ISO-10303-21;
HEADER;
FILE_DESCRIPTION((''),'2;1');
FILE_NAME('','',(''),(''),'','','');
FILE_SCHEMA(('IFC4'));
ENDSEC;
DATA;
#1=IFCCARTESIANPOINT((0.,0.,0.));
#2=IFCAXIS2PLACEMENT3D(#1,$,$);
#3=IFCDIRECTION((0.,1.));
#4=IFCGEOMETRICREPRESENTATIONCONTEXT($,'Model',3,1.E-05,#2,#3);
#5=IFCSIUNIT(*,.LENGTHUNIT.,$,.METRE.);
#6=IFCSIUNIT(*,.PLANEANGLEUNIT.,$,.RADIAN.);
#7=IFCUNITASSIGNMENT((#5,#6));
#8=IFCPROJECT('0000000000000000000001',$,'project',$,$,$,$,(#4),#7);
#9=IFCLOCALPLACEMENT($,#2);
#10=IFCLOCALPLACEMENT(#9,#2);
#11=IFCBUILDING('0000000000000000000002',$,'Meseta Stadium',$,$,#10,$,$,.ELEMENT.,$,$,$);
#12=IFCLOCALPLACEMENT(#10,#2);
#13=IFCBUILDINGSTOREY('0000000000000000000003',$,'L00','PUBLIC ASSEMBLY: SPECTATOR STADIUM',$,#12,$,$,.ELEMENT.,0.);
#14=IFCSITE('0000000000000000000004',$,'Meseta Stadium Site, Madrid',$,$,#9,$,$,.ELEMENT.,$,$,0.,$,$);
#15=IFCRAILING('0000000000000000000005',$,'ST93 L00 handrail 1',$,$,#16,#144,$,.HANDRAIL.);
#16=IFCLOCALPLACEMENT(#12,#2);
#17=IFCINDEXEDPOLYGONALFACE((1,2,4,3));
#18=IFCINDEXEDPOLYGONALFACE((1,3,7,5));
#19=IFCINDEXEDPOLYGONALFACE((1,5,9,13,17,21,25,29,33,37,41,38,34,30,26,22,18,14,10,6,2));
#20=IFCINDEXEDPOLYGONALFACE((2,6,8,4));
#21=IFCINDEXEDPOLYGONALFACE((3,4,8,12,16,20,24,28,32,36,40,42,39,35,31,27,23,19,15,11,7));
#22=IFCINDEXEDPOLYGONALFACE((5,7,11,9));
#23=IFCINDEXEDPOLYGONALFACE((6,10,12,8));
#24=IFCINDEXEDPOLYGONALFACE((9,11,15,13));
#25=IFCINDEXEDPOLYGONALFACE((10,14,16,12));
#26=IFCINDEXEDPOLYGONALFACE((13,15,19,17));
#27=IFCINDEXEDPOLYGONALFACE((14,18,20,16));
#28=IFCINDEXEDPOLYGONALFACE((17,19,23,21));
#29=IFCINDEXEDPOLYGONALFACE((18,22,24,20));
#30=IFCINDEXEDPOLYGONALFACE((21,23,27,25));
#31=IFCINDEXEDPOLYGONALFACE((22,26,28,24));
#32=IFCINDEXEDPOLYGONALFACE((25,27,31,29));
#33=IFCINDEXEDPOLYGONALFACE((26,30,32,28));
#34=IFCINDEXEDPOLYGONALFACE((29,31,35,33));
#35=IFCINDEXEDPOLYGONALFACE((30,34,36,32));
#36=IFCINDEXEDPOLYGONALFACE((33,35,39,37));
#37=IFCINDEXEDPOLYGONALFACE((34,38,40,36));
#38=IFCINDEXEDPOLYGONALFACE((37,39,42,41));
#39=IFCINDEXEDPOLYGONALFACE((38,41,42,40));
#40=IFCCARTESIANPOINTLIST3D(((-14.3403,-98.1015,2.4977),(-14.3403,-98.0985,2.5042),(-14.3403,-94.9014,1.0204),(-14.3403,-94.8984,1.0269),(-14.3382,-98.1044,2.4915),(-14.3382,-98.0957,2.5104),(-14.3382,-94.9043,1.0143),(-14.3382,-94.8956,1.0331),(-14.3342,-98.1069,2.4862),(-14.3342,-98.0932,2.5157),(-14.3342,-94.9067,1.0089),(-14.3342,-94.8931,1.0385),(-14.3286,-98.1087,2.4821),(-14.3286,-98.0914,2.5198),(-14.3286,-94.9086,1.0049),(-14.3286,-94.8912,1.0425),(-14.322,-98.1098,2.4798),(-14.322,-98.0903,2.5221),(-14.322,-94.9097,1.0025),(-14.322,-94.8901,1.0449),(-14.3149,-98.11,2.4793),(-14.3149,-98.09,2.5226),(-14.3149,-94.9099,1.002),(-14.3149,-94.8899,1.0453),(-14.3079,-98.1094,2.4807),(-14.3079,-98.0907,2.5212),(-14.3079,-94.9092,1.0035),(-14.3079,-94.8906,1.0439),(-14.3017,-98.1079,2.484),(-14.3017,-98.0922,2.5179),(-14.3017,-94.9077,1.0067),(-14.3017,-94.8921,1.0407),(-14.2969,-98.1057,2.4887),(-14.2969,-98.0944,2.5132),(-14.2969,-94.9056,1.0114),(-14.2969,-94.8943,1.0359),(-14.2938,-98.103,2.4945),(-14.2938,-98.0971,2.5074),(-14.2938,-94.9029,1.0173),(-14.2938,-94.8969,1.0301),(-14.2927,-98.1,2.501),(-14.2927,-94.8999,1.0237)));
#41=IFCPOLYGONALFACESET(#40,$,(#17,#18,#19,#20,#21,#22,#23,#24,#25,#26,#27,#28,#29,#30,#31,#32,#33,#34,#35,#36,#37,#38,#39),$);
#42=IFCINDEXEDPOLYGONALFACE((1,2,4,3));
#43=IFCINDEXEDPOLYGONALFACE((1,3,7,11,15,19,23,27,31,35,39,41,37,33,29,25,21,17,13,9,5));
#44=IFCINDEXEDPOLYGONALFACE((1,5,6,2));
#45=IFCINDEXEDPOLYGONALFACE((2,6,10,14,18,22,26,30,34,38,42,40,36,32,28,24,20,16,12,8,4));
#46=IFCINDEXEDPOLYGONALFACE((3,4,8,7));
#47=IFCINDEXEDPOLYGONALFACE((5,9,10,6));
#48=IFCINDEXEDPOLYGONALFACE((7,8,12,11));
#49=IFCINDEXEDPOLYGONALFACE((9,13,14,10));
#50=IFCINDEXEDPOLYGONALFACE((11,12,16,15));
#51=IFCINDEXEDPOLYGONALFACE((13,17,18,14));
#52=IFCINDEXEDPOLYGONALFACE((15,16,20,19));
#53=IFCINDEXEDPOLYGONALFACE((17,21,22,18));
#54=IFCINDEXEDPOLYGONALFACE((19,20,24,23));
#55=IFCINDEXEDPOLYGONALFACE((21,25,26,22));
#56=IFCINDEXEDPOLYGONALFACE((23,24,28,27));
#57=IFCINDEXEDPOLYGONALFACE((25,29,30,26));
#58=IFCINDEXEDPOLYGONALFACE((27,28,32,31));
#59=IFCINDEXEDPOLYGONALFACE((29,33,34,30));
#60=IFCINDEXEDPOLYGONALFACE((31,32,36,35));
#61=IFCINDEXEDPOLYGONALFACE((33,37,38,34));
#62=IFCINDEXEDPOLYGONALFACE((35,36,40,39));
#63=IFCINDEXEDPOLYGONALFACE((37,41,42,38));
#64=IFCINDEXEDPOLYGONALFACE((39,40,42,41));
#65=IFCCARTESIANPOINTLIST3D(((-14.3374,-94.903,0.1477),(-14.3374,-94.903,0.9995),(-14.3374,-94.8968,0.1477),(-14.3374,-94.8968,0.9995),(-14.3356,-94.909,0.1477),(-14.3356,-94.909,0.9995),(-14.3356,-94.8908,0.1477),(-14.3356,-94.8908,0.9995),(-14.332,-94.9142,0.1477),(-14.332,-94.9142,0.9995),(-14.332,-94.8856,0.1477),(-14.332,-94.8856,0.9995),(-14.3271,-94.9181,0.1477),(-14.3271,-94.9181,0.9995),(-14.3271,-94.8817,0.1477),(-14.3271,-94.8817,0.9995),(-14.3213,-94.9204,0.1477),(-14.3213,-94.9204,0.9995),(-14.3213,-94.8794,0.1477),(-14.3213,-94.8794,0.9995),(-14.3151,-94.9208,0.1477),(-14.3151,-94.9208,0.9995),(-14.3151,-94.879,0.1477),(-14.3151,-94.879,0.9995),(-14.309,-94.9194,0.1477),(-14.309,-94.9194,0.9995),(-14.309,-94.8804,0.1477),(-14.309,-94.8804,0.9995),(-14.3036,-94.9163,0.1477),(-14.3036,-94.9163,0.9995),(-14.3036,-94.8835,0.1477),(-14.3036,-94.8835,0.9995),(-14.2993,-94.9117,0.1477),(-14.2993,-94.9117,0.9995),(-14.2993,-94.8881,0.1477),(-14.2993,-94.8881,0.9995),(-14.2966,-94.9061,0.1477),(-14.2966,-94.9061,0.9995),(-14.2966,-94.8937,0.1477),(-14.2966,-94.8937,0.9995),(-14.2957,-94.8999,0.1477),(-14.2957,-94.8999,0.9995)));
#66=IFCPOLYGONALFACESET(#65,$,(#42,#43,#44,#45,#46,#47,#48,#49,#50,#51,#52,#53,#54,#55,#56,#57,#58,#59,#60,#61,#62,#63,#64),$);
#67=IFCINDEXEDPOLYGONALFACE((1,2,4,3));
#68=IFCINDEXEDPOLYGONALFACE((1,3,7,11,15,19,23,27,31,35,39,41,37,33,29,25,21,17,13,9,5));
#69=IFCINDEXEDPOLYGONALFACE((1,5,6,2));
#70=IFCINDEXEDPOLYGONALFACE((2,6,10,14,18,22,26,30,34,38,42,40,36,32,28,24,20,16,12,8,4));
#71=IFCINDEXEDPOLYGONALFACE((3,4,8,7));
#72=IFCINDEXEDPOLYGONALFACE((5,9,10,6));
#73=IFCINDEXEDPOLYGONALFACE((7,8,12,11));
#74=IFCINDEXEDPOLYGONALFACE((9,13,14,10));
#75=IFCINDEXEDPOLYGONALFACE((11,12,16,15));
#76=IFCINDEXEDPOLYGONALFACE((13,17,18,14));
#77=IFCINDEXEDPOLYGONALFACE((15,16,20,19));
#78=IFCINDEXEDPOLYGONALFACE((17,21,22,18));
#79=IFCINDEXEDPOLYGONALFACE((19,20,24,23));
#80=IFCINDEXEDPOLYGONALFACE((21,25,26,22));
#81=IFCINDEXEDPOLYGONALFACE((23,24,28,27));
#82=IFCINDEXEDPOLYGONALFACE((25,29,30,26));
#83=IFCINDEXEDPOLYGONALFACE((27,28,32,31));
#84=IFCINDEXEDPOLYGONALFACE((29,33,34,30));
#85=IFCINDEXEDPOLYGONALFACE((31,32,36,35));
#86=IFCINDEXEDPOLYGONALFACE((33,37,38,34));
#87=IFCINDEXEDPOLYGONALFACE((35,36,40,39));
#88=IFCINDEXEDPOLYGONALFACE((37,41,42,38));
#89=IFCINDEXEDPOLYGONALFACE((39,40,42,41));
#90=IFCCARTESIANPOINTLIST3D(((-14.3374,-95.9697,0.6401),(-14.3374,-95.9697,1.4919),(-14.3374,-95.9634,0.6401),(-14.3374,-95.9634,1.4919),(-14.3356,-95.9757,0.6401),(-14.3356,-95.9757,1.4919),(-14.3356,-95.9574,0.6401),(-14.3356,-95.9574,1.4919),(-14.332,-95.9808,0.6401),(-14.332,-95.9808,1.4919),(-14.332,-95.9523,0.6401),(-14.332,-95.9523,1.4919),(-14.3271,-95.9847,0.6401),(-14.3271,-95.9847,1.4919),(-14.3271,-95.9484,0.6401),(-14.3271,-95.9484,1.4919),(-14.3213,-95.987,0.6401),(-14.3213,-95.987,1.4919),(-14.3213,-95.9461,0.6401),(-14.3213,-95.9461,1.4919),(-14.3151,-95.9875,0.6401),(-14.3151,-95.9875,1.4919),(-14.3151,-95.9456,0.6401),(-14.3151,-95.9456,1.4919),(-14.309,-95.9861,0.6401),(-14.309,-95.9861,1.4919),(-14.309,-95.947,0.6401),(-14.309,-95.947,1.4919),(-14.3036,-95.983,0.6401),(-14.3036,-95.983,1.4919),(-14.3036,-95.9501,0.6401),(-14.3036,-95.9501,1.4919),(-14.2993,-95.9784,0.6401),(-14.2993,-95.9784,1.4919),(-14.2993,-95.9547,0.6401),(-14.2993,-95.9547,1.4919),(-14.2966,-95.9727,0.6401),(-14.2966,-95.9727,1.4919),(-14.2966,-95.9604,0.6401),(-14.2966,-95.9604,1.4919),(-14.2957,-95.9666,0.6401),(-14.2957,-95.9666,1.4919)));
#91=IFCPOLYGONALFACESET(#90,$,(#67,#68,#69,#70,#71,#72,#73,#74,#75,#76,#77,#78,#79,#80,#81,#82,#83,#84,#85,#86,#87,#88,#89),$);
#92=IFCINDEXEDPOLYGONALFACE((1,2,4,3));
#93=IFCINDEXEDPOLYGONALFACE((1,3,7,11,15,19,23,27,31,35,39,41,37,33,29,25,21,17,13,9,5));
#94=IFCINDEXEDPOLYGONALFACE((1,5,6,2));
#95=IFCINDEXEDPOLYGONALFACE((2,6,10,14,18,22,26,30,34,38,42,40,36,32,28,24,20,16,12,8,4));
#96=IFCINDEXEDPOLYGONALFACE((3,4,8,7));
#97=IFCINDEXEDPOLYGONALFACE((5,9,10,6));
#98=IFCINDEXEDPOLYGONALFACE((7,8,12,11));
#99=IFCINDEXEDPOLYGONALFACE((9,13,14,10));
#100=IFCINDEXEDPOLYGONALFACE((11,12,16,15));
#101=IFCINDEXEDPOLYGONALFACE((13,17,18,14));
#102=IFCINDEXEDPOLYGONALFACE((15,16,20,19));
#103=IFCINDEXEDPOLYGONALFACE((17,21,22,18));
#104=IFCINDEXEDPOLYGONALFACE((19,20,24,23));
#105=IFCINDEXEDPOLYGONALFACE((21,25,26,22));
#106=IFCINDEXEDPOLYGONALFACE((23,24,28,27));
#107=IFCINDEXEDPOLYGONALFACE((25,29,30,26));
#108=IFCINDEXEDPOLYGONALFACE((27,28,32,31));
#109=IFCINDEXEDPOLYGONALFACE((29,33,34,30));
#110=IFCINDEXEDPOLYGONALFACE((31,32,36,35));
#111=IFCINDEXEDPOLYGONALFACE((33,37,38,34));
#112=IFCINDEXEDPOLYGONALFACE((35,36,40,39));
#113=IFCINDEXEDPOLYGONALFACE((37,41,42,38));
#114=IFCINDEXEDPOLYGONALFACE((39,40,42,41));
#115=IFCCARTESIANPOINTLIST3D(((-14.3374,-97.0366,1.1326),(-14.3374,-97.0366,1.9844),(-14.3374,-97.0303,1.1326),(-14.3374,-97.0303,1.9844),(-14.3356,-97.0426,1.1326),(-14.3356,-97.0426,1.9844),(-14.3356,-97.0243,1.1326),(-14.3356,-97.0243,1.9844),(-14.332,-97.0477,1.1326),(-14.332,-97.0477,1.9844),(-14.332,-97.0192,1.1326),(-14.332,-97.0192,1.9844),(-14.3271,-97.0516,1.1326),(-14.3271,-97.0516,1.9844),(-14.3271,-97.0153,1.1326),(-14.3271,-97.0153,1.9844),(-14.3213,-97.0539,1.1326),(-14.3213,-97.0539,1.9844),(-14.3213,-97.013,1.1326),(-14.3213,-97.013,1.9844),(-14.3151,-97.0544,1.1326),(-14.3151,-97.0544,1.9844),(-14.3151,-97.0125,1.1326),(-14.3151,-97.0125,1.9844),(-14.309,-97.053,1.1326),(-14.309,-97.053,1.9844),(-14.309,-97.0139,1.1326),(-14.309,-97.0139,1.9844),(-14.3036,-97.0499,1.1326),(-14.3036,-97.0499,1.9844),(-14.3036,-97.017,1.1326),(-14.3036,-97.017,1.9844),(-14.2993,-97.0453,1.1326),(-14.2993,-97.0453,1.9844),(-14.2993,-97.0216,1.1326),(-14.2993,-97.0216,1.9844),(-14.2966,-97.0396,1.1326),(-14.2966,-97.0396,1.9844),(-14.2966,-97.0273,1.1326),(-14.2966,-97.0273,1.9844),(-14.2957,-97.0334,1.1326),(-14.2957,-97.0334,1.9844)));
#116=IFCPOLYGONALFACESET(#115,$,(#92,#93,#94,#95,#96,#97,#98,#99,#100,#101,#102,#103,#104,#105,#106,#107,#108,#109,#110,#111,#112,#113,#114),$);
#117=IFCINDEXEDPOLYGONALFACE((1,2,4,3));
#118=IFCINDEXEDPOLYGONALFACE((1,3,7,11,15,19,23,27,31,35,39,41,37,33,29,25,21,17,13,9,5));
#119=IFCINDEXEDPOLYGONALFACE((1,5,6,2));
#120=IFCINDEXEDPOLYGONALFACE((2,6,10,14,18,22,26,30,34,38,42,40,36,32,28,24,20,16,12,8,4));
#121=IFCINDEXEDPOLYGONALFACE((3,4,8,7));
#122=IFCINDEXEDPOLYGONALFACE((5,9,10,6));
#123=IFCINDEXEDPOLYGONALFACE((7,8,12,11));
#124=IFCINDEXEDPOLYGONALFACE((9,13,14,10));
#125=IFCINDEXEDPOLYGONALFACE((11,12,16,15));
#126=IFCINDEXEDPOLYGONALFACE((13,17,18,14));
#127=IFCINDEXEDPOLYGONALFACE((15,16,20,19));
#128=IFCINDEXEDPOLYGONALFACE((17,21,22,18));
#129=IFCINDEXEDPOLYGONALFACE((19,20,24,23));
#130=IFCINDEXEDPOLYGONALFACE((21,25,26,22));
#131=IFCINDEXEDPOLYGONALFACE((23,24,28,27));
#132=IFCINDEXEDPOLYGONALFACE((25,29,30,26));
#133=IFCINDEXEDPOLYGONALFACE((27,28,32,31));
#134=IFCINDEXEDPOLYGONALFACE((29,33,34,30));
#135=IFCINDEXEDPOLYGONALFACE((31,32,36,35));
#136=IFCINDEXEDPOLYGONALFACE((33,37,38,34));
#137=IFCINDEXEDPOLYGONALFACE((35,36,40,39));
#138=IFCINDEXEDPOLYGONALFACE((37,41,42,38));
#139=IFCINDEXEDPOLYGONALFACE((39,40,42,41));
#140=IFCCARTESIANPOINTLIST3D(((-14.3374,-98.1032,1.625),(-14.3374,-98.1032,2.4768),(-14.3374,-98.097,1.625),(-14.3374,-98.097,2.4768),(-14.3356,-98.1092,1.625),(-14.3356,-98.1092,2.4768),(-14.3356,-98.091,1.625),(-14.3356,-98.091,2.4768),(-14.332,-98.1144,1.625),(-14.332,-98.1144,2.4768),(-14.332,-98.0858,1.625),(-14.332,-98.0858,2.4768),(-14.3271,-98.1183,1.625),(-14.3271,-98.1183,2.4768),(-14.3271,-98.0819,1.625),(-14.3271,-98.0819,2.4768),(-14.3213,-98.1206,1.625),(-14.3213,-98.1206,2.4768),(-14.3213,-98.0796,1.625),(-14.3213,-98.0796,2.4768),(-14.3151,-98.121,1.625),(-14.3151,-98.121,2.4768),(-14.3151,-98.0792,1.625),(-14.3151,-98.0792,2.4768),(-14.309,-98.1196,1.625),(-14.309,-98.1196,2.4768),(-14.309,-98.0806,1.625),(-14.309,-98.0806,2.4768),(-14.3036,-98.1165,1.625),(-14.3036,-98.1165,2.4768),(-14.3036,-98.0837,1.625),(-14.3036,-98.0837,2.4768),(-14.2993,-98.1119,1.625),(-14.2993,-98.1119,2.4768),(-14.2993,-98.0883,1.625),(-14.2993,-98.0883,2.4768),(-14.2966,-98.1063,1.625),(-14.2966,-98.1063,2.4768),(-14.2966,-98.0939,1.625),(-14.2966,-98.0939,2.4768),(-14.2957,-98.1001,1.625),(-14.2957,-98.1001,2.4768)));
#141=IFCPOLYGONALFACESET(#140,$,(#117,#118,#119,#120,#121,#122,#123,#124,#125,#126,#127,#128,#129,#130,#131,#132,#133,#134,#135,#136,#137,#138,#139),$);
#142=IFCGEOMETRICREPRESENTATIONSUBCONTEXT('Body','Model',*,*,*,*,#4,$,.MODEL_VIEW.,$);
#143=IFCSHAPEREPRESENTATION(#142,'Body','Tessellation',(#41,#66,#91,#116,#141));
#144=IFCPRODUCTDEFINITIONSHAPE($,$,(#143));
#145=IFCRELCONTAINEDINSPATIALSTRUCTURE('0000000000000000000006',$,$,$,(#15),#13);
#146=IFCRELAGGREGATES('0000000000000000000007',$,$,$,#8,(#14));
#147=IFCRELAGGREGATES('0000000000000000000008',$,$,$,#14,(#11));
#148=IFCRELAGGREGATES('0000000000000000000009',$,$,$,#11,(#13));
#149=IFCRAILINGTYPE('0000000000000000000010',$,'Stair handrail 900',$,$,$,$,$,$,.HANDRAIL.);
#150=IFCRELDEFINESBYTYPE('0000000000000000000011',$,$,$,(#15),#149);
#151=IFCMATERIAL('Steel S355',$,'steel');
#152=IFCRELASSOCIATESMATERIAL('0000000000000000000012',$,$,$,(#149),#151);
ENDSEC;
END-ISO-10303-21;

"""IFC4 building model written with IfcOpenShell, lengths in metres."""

from ifc_helpers import new_model, si_unit, direction, frame, origin, origin_2d, place, context, subcontext, project, spatial, circle, extrude, material, type_object, element, save


model = new_model("IFC4")

# Units and contexts
model_context = context("Model", 3, precision=1e-05, world=origin(), true_north=direction((0.0, 1.0)))
body_context = subcontext(model_context, "Body", "Model", "MODEL_VIEW")
ifc_project = project(units=[si_unit("LENGTHUNIT", "METRE"), si_unit("PLANEANGLEUNIT", "RADIAN")], contexts=[model_context])

# Site, building, storey
site_placement = place(None, origin())
site = spatial("IfcSite", under=ifc_project, at=site_placement, Name="Meseta Stadium Site, Madrid", CompositionType="ELEMENT", RefElevation=0.0)
building_placement = place(site_placement, origin())
building = spatial("IfcBuilding", under=site, at=building_placement, Name="Meseta Stadium", CompositionType="ELEMENT")
storey_placement = place(building_placement, origin())
storey = spatial("IfcBuildingStorey", under=building, at=storey_placement, Name="L00", Description="PUBLIC ASSEMBLY: SPECTATOR STADIUM", CompositionType="ELEMENT", Elevation=0.0)

# Railing
ifc_material_1 = material(Name="Steel S355", Category="steel")
railing_type_1 = type_object("IfcRailingType", Name="Stair handrail 900", PredefinedType="HANDRAIL", material=ifc_material_1)
railing_1_placement = place(storey_placement, frame((-14.3167, -94.8999, 0.1477)))
element("IfcRailing", 1, at=railing_1_placement, inside=storey, type_object=railing_type_1, Name="ST93 L00 handrail 1", PredefinedType="HANDRAIL", context=body_context, shape_type="SweptSolid", body=[
    extrude(circle(Radius=0.0239, at=origin_2d()), frame((0.0, 0.0, 0.876), z_axis=(0.0, -0.907929, 0.419124), x_axis=(1.0, 0.0, 0.0)), (0.0, 0.0, 1.0), 3.5247),
    extrude(circle(Radius=0.021, at=origin_2d()), origin(), (0.0, 0.0, 1.0), 0.8518),
    extrude(circle(Radius=0.021, at=origin_2d()), frame((0.0, -1.0667, 0.4924)), (0.0, 0.0, 1.0), 0.8518),
    extrude(circle(Radius=0.021, at=origin_2d()), frame((0.0, -2.1335, 0.9849)), (0.0, 0.0, 1.0), 0.8518),
    extrude(circle(Radius=0.021, at=origin_2d()), frame((0.0, -3.2002, 1.4773)), (0.0, 0.0, 1.0), 0.8518),
])

save(model, "model.ifc")
